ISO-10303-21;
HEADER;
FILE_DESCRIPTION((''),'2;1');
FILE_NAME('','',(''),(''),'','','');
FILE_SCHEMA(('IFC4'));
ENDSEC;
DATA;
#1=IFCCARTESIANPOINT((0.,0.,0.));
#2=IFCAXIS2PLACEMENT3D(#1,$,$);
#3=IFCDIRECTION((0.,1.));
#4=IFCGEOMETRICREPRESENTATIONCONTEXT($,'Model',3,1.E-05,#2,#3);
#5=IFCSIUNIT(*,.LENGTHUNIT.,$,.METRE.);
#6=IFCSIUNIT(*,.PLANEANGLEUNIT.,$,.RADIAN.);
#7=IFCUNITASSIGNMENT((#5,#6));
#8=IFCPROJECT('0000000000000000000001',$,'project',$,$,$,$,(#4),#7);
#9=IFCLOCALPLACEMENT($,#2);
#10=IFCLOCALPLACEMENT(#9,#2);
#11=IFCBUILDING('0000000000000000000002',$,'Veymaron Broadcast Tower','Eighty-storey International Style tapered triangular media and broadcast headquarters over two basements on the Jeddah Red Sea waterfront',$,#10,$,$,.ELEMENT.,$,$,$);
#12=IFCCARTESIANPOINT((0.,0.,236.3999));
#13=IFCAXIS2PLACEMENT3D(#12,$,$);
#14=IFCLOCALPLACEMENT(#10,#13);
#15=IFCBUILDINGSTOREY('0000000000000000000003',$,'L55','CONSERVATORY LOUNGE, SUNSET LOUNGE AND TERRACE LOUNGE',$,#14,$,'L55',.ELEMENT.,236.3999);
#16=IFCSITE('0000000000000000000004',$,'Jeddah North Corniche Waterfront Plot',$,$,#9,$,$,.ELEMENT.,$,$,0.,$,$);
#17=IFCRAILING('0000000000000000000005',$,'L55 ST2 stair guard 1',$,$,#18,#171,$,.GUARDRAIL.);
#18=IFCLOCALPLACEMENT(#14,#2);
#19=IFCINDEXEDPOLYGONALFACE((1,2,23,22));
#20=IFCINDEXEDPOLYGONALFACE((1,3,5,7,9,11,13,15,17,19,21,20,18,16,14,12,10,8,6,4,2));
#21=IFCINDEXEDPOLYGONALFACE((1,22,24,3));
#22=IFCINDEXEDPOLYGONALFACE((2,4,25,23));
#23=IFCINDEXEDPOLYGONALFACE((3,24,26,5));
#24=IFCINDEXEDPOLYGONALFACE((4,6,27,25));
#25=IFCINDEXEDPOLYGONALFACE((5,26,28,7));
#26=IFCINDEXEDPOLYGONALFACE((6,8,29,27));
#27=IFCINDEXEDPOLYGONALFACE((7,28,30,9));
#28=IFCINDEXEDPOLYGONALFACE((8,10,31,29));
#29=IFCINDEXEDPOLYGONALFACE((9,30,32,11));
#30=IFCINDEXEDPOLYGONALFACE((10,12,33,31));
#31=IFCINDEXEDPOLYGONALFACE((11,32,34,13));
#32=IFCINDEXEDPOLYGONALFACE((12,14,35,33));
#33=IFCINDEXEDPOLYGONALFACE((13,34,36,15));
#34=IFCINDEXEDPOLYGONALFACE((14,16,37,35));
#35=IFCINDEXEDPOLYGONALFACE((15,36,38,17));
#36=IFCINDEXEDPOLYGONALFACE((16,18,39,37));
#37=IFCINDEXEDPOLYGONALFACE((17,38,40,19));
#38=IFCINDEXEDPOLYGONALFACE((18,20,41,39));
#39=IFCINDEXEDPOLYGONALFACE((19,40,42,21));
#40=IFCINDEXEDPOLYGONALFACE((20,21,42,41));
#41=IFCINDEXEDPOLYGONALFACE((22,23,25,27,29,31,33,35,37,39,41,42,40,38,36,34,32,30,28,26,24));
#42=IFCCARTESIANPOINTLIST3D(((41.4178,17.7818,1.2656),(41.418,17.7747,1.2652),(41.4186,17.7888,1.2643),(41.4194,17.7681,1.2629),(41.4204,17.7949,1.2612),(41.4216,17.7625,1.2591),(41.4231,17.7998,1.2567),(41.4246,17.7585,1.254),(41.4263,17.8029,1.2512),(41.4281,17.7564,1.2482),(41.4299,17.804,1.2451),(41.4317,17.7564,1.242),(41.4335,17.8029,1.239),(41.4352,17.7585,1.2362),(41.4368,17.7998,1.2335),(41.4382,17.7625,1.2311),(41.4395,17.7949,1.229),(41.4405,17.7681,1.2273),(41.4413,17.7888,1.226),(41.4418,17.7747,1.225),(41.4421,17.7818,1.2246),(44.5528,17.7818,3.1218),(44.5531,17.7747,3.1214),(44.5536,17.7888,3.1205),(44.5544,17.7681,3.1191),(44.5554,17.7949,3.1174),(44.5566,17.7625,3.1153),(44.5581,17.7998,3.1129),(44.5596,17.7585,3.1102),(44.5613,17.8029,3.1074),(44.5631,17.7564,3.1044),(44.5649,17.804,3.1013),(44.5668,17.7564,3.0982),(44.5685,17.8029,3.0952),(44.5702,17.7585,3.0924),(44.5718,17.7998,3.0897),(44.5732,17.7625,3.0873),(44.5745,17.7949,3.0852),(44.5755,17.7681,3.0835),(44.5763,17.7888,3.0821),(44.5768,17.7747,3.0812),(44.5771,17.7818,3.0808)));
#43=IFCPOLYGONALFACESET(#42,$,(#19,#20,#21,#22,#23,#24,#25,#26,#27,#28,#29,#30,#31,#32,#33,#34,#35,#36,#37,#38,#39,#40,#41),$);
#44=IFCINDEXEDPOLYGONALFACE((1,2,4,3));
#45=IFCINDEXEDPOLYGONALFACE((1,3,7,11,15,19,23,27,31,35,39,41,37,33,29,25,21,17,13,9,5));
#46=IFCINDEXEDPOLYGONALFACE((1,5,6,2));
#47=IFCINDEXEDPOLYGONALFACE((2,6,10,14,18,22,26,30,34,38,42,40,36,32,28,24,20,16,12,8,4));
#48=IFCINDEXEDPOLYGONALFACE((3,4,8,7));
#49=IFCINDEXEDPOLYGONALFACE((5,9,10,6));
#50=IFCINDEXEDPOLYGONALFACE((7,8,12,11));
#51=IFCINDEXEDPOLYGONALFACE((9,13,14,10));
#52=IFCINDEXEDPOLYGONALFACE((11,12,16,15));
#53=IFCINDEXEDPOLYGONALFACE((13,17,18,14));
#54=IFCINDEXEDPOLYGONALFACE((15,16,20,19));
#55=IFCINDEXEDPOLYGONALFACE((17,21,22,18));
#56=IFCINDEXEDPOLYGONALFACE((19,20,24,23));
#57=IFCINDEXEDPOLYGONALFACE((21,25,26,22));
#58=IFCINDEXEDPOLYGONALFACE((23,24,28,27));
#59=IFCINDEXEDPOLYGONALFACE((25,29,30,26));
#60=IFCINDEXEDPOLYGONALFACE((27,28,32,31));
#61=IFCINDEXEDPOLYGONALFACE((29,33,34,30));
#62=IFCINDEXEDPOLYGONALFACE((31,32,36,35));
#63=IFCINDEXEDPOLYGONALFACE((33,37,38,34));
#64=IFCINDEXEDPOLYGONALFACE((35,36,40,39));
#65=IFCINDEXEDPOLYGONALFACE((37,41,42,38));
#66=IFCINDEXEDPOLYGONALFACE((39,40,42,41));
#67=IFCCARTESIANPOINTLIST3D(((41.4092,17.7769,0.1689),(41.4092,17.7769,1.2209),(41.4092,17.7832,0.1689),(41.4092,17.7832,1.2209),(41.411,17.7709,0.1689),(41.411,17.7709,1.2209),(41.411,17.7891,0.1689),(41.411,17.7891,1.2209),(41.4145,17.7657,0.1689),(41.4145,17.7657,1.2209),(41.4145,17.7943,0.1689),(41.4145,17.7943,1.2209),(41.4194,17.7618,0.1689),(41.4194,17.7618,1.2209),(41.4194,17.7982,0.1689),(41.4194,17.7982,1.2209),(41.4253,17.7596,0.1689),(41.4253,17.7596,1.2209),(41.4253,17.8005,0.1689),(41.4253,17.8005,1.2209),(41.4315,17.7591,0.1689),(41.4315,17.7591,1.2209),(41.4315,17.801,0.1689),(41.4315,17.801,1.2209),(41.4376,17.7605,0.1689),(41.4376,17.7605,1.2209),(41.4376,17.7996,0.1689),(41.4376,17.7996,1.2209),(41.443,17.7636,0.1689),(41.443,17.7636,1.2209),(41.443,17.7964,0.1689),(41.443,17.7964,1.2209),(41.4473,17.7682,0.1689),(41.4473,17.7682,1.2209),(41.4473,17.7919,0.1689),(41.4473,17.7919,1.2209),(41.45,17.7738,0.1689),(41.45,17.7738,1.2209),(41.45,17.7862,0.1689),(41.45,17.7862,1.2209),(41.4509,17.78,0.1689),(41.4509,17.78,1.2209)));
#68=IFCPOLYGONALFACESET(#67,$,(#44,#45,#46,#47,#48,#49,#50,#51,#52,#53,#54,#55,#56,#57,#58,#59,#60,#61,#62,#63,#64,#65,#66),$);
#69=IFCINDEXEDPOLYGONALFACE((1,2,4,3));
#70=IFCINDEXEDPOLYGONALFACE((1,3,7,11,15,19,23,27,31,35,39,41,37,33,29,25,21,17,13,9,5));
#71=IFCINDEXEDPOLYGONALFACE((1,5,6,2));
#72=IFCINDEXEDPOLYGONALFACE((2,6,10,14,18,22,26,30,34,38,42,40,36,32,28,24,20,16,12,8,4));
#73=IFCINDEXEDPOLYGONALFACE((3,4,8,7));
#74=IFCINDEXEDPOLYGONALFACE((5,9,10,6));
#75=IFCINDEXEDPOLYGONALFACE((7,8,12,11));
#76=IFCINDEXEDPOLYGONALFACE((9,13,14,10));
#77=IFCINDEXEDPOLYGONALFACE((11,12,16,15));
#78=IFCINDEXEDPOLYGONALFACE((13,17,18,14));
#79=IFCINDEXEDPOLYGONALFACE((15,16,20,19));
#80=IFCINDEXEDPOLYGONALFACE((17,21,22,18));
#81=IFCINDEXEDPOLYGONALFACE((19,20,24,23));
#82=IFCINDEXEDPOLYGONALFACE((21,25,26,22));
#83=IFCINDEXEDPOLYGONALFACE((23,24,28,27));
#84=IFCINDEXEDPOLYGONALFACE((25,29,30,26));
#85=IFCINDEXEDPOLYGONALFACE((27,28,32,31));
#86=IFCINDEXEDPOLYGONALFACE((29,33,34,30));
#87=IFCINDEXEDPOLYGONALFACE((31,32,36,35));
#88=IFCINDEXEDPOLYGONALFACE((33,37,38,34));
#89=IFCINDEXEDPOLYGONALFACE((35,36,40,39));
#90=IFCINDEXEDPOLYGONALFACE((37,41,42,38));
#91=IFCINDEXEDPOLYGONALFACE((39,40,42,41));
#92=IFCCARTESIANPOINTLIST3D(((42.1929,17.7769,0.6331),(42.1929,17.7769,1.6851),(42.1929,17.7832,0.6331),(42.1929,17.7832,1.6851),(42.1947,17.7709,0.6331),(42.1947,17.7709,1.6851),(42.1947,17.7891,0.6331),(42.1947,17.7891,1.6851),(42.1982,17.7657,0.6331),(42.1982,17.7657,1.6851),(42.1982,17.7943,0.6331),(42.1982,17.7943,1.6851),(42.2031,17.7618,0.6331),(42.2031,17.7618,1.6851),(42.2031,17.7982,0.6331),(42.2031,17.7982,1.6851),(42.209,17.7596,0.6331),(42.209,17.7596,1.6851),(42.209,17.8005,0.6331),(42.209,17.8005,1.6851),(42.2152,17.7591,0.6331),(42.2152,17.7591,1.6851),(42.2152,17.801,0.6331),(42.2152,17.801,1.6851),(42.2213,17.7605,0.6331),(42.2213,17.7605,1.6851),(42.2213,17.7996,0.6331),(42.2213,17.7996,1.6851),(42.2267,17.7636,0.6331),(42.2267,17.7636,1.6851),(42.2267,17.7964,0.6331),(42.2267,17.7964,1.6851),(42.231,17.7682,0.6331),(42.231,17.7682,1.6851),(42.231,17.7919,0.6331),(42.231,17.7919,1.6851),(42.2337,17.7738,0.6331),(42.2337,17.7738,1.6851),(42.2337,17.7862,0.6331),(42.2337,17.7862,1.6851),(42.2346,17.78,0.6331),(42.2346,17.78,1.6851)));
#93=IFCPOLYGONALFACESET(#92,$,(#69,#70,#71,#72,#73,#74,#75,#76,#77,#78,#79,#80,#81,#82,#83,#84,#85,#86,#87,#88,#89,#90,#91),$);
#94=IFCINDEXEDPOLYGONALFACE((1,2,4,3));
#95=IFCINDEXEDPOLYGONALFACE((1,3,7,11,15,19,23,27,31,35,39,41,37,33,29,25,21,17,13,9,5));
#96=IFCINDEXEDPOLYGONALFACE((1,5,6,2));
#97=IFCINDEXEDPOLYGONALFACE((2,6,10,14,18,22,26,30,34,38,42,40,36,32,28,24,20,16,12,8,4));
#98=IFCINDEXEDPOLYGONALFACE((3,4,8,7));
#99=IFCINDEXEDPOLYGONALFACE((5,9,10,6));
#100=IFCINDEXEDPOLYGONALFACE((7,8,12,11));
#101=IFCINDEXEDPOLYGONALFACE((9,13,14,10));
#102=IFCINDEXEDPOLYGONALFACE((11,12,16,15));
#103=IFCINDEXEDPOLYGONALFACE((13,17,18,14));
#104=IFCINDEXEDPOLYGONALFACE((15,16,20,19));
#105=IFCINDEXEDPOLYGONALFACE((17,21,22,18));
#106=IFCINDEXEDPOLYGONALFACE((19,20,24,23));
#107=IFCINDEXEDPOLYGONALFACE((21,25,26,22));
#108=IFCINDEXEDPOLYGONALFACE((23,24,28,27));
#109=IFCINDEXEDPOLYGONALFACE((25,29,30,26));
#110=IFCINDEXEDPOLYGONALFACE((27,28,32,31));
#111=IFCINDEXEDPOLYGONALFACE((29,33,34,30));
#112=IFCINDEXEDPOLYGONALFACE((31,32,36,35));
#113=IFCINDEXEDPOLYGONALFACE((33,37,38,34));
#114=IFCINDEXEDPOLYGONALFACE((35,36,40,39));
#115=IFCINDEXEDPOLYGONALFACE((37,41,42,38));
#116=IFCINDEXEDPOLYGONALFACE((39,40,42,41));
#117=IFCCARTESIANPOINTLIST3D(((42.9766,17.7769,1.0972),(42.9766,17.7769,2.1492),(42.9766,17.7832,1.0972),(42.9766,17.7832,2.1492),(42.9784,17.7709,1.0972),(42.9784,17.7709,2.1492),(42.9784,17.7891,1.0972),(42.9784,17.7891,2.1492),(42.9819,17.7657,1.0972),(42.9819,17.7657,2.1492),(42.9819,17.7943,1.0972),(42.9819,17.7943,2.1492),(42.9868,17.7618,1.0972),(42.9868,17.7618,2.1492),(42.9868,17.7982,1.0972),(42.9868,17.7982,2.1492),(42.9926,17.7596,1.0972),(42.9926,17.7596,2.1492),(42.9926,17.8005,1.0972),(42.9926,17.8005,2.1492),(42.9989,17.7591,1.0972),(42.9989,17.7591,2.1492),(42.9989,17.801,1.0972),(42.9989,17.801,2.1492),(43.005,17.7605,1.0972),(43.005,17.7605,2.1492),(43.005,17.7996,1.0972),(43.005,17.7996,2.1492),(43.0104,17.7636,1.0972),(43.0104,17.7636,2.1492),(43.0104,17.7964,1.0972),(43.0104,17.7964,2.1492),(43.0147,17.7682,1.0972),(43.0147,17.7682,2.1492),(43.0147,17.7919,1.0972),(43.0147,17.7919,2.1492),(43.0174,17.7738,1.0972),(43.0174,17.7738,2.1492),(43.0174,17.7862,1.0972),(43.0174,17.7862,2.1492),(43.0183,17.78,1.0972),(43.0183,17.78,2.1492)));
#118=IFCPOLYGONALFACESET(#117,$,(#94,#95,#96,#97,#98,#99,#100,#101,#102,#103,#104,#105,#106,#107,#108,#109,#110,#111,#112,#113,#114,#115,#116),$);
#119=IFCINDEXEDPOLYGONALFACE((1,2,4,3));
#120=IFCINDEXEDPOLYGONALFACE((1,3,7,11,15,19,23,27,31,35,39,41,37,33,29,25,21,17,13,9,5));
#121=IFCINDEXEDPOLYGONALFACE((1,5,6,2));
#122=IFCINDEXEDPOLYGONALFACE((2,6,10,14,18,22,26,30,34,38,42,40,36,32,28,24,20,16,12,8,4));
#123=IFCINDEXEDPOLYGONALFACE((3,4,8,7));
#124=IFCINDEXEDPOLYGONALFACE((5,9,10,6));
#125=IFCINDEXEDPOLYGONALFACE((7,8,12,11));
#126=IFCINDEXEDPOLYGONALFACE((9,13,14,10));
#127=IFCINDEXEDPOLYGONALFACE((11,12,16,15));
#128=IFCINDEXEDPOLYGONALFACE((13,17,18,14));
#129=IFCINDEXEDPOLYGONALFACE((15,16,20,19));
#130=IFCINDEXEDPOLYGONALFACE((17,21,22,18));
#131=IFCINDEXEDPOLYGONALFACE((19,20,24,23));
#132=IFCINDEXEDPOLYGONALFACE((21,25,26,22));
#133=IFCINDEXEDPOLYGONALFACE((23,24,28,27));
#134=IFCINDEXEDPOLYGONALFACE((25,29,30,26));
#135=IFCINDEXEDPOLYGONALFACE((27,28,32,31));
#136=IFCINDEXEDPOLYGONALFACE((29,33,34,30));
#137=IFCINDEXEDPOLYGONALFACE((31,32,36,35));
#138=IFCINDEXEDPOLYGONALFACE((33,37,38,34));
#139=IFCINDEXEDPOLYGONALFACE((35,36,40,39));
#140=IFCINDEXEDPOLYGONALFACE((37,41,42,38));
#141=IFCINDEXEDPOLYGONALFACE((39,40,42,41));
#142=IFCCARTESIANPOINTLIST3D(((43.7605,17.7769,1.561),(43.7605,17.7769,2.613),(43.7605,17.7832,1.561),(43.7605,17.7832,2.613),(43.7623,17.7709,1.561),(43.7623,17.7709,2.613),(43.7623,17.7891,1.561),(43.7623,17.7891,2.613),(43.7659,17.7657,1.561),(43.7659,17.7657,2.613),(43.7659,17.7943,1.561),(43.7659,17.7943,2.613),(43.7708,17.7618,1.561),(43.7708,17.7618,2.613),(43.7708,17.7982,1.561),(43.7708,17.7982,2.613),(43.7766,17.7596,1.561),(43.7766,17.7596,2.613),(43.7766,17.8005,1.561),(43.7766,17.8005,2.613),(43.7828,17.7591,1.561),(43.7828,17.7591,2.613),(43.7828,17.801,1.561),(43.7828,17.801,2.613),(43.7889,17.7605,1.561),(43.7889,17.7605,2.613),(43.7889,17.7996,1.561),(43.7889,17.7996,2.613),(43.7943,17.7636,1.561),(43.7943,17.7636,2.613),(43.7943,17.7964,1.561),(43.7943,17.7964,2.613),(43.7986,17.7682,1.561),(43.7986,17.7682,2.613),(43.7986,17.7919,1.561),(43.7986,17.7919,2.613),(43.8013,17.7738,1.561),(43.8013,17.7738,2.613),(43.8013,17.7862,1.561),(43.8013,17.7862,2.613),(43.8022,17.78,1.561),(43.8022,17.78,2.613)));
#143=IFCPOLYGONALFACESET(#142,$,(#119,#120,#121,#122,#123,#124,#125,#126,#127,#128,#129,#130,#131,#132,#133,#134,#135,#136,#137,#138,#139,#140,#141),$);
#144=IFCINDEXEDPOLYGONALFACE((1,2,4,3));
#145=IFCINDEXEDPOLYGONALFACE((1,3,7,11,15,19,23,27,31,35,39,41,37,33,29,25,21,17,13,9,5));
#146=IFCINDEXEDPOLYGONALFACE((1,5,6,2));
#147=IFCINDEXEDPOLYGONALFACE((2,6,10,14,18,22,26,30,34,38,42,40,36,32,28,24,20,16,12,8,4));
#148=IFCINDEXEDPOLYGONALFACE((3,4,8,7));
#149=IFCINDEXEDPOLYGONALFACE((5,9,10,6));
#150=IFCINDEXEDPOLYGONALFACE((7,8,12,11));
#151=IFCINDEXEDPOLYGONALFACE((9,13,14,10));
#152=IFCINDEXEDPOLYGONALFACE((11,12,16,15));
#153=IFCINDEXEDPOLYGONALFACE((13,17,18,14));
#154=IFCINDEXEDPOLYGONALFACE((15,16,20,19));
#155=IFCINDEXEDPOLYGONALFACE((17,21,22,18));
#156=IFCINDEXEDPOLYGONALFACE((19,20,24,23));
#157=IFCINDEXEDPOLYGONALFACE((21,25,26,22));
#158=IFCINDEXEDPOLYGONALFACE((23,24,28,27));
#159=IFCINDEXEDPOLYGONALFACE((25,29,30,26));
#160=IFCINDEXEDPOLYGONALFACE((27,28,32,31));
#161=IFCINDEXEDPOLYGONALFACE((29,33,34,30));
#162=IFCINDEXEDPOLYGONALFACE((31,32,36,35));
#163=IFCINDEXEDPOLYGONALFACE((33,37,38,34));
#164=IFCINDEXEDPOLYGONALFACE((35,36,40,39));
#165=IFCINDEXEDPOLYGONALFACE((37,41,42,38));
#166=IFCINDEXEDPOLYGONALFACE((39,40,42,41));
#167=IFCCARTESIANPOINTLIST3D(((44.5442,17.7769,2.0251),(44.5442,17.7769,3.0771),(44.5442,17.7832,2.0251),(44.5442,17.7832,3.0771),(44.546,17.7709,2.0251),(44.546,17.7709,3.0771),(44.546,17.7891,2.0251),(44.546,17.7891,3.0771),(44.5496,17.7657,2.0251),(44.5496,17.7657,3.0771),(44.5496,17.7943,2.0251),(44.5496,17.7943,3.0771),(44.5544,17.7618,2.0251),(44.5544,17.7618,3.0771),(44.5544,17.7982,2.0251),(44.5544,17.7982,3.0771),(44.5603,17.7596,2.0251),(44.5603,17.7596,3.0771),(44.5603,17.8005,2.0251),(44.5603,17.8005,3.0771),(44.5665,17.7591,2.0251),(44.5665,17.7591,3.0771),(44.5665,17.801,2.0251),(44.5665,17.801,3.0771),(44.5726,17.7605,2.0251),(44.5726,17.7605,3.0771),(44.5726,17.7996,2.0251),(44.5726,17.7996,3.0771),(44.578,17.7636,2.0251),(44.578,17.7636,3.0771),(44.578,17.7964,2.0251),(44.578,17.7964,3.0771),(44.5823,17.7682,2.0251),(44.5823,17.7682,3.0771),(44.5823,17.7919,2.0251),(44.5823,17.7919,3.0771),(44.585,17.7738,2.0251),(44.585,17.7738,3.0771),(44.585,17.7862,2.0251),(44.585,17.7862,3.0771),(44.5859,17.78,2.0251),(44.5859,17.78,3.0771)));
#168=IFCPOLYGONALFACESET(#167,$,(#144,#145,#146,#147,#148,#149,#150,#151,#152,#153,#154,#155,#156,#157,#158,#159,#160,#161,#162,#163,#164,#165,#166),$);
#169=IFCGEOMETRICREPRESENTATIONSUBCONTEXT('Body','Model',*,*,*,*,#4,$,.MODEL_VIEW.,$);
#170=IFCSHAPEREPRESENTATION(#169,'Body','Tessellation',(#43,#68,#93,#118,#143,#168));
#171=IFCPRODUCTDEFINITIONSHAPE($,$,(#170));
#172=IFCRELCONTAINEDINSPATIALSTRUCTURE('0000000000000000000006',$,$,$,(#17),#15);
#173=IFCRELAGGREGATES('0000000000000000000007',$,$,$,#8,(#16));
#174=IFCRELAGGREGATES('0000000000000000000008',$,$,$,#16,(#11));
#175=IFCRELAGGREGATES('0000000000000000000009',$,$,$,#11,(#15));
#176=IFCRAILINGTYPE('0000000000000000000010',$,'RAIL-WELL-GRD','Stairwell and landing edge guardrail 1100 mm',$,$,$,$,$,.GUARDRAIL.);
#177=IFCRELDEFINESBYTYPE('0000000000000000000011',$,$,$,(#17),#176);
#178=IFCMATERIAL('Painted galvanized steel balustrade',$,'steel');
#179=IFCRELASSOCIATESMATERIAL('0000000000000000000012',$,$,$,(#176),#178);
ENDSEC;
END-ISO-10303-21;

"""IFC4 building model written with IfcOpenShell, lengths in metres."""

from ifc_helpers import new_model, si_unit, direction, frame, origin, origin_2d, place, context, subcontext, project, spatial, circle, extrude, material, type_object, element, save


model = new_model("IFC4")

# Units and contexts
model_context = context("Model", 3, precision=1e-05, world=origin(), true_north=direction((0.0, 1.0)))
body_context = subcontext(model_context, "Body", "Model", "MODEL_VIEW")
ifc_project = project(units=[si_unit("LENGTHUNIT", "METRE"), si_unit("PLANEANGLEUNIT", "RADIAN")], contexts=[model_context])

# Site, building, storey
site_placement = place(None, origin())
site = spatial("IfcSite", under=ifc_project, at=site_placement, Name="Jeddah North Corniche Waterfront Plot", CompositionType="ELEMENT", RefElevation=0.0)
building_placement = place(site_placement, origin())
building = spatial("IfcBuilding", under=site, at=building_placement, Name="Veymaron Broadcast Tower", Description="Eighty-storey International Style tapered triangular media and broadcast headquarters over two basements on the Jeddah Red Sea waterfront", CompositionType="ELEMENT")
storey_placement = place(building_placement, frame((0.0, 0.0, 236.3999)))
storey = spatial("IfcBuildingStorey", under=building, at=storey_placement, Name="L55", Description="CONSERVATORY LOUNGE, SUNSET LOUNGE AND TERRACE LOUNGE", LongName="L55", CompositionType="ELEMENT", Elevation=236.3999)

# Railing
ifc_material_1 = material(Name="Painted galvanized steel balustrade", Category="steel")
railing_type_1 = type_object("IfcRailingType", Name="RAIL-WELL-GRD", Description="Stairwell and landing edge guardrail 1100 mm", PredefinedType="GUARDRAIL", material=ifc_material_1)
railing_1_placement = place(storey_placement, frame((41.4299, 17.78, 0.1689)))
element("IfcRailing", 1, at=railing_1_placement, inside=storey, type_object=railing_type_1, Name="L55 ST2 stair guard 1", PredefinedType="GUARDRAIL", context=body_context, shape_type="SweptSolid", body=[
    extrude(circle(Radius=0.0239, at=origin_2d()), frame((0.0, 0.0, 1.0762), z_axis=(0.860482, 0.0, 0.509481), x_axis=(0.0, 1.0, 0.0)), (0.0, 0.0, 1.0), 3.6433),
    extrude(circle(Radius=0.021, at=origin_2d()), origin(), (0.0, 0.0, 1.0), 1.052),
    extrude(circle(Radius=0.021, at=origin_2d()), frame((0.7837, 0.0, 0.4641)), (0.0, 0.0, 1.0), 1.052),
    extrude(circle(Radius=0.021, at=origin_2d()), frame((1.5674, 0.0, 0.9282)), (0.0, 0.0, 1.0), 1.052),
    extrude(circle(Radius=0.021, at=origin_2d()), frame((2.3513, 0.0, 1.3921)), (0.0, 0.0, 1.0), 1.052),
    extrude(circle(Radius=0.021, at=origin_2d()), frame((3.135, 0.0, 1.8562)), (0.0, 0.0, 1.0), 1.052),
])

save(model, "model.ifc")
